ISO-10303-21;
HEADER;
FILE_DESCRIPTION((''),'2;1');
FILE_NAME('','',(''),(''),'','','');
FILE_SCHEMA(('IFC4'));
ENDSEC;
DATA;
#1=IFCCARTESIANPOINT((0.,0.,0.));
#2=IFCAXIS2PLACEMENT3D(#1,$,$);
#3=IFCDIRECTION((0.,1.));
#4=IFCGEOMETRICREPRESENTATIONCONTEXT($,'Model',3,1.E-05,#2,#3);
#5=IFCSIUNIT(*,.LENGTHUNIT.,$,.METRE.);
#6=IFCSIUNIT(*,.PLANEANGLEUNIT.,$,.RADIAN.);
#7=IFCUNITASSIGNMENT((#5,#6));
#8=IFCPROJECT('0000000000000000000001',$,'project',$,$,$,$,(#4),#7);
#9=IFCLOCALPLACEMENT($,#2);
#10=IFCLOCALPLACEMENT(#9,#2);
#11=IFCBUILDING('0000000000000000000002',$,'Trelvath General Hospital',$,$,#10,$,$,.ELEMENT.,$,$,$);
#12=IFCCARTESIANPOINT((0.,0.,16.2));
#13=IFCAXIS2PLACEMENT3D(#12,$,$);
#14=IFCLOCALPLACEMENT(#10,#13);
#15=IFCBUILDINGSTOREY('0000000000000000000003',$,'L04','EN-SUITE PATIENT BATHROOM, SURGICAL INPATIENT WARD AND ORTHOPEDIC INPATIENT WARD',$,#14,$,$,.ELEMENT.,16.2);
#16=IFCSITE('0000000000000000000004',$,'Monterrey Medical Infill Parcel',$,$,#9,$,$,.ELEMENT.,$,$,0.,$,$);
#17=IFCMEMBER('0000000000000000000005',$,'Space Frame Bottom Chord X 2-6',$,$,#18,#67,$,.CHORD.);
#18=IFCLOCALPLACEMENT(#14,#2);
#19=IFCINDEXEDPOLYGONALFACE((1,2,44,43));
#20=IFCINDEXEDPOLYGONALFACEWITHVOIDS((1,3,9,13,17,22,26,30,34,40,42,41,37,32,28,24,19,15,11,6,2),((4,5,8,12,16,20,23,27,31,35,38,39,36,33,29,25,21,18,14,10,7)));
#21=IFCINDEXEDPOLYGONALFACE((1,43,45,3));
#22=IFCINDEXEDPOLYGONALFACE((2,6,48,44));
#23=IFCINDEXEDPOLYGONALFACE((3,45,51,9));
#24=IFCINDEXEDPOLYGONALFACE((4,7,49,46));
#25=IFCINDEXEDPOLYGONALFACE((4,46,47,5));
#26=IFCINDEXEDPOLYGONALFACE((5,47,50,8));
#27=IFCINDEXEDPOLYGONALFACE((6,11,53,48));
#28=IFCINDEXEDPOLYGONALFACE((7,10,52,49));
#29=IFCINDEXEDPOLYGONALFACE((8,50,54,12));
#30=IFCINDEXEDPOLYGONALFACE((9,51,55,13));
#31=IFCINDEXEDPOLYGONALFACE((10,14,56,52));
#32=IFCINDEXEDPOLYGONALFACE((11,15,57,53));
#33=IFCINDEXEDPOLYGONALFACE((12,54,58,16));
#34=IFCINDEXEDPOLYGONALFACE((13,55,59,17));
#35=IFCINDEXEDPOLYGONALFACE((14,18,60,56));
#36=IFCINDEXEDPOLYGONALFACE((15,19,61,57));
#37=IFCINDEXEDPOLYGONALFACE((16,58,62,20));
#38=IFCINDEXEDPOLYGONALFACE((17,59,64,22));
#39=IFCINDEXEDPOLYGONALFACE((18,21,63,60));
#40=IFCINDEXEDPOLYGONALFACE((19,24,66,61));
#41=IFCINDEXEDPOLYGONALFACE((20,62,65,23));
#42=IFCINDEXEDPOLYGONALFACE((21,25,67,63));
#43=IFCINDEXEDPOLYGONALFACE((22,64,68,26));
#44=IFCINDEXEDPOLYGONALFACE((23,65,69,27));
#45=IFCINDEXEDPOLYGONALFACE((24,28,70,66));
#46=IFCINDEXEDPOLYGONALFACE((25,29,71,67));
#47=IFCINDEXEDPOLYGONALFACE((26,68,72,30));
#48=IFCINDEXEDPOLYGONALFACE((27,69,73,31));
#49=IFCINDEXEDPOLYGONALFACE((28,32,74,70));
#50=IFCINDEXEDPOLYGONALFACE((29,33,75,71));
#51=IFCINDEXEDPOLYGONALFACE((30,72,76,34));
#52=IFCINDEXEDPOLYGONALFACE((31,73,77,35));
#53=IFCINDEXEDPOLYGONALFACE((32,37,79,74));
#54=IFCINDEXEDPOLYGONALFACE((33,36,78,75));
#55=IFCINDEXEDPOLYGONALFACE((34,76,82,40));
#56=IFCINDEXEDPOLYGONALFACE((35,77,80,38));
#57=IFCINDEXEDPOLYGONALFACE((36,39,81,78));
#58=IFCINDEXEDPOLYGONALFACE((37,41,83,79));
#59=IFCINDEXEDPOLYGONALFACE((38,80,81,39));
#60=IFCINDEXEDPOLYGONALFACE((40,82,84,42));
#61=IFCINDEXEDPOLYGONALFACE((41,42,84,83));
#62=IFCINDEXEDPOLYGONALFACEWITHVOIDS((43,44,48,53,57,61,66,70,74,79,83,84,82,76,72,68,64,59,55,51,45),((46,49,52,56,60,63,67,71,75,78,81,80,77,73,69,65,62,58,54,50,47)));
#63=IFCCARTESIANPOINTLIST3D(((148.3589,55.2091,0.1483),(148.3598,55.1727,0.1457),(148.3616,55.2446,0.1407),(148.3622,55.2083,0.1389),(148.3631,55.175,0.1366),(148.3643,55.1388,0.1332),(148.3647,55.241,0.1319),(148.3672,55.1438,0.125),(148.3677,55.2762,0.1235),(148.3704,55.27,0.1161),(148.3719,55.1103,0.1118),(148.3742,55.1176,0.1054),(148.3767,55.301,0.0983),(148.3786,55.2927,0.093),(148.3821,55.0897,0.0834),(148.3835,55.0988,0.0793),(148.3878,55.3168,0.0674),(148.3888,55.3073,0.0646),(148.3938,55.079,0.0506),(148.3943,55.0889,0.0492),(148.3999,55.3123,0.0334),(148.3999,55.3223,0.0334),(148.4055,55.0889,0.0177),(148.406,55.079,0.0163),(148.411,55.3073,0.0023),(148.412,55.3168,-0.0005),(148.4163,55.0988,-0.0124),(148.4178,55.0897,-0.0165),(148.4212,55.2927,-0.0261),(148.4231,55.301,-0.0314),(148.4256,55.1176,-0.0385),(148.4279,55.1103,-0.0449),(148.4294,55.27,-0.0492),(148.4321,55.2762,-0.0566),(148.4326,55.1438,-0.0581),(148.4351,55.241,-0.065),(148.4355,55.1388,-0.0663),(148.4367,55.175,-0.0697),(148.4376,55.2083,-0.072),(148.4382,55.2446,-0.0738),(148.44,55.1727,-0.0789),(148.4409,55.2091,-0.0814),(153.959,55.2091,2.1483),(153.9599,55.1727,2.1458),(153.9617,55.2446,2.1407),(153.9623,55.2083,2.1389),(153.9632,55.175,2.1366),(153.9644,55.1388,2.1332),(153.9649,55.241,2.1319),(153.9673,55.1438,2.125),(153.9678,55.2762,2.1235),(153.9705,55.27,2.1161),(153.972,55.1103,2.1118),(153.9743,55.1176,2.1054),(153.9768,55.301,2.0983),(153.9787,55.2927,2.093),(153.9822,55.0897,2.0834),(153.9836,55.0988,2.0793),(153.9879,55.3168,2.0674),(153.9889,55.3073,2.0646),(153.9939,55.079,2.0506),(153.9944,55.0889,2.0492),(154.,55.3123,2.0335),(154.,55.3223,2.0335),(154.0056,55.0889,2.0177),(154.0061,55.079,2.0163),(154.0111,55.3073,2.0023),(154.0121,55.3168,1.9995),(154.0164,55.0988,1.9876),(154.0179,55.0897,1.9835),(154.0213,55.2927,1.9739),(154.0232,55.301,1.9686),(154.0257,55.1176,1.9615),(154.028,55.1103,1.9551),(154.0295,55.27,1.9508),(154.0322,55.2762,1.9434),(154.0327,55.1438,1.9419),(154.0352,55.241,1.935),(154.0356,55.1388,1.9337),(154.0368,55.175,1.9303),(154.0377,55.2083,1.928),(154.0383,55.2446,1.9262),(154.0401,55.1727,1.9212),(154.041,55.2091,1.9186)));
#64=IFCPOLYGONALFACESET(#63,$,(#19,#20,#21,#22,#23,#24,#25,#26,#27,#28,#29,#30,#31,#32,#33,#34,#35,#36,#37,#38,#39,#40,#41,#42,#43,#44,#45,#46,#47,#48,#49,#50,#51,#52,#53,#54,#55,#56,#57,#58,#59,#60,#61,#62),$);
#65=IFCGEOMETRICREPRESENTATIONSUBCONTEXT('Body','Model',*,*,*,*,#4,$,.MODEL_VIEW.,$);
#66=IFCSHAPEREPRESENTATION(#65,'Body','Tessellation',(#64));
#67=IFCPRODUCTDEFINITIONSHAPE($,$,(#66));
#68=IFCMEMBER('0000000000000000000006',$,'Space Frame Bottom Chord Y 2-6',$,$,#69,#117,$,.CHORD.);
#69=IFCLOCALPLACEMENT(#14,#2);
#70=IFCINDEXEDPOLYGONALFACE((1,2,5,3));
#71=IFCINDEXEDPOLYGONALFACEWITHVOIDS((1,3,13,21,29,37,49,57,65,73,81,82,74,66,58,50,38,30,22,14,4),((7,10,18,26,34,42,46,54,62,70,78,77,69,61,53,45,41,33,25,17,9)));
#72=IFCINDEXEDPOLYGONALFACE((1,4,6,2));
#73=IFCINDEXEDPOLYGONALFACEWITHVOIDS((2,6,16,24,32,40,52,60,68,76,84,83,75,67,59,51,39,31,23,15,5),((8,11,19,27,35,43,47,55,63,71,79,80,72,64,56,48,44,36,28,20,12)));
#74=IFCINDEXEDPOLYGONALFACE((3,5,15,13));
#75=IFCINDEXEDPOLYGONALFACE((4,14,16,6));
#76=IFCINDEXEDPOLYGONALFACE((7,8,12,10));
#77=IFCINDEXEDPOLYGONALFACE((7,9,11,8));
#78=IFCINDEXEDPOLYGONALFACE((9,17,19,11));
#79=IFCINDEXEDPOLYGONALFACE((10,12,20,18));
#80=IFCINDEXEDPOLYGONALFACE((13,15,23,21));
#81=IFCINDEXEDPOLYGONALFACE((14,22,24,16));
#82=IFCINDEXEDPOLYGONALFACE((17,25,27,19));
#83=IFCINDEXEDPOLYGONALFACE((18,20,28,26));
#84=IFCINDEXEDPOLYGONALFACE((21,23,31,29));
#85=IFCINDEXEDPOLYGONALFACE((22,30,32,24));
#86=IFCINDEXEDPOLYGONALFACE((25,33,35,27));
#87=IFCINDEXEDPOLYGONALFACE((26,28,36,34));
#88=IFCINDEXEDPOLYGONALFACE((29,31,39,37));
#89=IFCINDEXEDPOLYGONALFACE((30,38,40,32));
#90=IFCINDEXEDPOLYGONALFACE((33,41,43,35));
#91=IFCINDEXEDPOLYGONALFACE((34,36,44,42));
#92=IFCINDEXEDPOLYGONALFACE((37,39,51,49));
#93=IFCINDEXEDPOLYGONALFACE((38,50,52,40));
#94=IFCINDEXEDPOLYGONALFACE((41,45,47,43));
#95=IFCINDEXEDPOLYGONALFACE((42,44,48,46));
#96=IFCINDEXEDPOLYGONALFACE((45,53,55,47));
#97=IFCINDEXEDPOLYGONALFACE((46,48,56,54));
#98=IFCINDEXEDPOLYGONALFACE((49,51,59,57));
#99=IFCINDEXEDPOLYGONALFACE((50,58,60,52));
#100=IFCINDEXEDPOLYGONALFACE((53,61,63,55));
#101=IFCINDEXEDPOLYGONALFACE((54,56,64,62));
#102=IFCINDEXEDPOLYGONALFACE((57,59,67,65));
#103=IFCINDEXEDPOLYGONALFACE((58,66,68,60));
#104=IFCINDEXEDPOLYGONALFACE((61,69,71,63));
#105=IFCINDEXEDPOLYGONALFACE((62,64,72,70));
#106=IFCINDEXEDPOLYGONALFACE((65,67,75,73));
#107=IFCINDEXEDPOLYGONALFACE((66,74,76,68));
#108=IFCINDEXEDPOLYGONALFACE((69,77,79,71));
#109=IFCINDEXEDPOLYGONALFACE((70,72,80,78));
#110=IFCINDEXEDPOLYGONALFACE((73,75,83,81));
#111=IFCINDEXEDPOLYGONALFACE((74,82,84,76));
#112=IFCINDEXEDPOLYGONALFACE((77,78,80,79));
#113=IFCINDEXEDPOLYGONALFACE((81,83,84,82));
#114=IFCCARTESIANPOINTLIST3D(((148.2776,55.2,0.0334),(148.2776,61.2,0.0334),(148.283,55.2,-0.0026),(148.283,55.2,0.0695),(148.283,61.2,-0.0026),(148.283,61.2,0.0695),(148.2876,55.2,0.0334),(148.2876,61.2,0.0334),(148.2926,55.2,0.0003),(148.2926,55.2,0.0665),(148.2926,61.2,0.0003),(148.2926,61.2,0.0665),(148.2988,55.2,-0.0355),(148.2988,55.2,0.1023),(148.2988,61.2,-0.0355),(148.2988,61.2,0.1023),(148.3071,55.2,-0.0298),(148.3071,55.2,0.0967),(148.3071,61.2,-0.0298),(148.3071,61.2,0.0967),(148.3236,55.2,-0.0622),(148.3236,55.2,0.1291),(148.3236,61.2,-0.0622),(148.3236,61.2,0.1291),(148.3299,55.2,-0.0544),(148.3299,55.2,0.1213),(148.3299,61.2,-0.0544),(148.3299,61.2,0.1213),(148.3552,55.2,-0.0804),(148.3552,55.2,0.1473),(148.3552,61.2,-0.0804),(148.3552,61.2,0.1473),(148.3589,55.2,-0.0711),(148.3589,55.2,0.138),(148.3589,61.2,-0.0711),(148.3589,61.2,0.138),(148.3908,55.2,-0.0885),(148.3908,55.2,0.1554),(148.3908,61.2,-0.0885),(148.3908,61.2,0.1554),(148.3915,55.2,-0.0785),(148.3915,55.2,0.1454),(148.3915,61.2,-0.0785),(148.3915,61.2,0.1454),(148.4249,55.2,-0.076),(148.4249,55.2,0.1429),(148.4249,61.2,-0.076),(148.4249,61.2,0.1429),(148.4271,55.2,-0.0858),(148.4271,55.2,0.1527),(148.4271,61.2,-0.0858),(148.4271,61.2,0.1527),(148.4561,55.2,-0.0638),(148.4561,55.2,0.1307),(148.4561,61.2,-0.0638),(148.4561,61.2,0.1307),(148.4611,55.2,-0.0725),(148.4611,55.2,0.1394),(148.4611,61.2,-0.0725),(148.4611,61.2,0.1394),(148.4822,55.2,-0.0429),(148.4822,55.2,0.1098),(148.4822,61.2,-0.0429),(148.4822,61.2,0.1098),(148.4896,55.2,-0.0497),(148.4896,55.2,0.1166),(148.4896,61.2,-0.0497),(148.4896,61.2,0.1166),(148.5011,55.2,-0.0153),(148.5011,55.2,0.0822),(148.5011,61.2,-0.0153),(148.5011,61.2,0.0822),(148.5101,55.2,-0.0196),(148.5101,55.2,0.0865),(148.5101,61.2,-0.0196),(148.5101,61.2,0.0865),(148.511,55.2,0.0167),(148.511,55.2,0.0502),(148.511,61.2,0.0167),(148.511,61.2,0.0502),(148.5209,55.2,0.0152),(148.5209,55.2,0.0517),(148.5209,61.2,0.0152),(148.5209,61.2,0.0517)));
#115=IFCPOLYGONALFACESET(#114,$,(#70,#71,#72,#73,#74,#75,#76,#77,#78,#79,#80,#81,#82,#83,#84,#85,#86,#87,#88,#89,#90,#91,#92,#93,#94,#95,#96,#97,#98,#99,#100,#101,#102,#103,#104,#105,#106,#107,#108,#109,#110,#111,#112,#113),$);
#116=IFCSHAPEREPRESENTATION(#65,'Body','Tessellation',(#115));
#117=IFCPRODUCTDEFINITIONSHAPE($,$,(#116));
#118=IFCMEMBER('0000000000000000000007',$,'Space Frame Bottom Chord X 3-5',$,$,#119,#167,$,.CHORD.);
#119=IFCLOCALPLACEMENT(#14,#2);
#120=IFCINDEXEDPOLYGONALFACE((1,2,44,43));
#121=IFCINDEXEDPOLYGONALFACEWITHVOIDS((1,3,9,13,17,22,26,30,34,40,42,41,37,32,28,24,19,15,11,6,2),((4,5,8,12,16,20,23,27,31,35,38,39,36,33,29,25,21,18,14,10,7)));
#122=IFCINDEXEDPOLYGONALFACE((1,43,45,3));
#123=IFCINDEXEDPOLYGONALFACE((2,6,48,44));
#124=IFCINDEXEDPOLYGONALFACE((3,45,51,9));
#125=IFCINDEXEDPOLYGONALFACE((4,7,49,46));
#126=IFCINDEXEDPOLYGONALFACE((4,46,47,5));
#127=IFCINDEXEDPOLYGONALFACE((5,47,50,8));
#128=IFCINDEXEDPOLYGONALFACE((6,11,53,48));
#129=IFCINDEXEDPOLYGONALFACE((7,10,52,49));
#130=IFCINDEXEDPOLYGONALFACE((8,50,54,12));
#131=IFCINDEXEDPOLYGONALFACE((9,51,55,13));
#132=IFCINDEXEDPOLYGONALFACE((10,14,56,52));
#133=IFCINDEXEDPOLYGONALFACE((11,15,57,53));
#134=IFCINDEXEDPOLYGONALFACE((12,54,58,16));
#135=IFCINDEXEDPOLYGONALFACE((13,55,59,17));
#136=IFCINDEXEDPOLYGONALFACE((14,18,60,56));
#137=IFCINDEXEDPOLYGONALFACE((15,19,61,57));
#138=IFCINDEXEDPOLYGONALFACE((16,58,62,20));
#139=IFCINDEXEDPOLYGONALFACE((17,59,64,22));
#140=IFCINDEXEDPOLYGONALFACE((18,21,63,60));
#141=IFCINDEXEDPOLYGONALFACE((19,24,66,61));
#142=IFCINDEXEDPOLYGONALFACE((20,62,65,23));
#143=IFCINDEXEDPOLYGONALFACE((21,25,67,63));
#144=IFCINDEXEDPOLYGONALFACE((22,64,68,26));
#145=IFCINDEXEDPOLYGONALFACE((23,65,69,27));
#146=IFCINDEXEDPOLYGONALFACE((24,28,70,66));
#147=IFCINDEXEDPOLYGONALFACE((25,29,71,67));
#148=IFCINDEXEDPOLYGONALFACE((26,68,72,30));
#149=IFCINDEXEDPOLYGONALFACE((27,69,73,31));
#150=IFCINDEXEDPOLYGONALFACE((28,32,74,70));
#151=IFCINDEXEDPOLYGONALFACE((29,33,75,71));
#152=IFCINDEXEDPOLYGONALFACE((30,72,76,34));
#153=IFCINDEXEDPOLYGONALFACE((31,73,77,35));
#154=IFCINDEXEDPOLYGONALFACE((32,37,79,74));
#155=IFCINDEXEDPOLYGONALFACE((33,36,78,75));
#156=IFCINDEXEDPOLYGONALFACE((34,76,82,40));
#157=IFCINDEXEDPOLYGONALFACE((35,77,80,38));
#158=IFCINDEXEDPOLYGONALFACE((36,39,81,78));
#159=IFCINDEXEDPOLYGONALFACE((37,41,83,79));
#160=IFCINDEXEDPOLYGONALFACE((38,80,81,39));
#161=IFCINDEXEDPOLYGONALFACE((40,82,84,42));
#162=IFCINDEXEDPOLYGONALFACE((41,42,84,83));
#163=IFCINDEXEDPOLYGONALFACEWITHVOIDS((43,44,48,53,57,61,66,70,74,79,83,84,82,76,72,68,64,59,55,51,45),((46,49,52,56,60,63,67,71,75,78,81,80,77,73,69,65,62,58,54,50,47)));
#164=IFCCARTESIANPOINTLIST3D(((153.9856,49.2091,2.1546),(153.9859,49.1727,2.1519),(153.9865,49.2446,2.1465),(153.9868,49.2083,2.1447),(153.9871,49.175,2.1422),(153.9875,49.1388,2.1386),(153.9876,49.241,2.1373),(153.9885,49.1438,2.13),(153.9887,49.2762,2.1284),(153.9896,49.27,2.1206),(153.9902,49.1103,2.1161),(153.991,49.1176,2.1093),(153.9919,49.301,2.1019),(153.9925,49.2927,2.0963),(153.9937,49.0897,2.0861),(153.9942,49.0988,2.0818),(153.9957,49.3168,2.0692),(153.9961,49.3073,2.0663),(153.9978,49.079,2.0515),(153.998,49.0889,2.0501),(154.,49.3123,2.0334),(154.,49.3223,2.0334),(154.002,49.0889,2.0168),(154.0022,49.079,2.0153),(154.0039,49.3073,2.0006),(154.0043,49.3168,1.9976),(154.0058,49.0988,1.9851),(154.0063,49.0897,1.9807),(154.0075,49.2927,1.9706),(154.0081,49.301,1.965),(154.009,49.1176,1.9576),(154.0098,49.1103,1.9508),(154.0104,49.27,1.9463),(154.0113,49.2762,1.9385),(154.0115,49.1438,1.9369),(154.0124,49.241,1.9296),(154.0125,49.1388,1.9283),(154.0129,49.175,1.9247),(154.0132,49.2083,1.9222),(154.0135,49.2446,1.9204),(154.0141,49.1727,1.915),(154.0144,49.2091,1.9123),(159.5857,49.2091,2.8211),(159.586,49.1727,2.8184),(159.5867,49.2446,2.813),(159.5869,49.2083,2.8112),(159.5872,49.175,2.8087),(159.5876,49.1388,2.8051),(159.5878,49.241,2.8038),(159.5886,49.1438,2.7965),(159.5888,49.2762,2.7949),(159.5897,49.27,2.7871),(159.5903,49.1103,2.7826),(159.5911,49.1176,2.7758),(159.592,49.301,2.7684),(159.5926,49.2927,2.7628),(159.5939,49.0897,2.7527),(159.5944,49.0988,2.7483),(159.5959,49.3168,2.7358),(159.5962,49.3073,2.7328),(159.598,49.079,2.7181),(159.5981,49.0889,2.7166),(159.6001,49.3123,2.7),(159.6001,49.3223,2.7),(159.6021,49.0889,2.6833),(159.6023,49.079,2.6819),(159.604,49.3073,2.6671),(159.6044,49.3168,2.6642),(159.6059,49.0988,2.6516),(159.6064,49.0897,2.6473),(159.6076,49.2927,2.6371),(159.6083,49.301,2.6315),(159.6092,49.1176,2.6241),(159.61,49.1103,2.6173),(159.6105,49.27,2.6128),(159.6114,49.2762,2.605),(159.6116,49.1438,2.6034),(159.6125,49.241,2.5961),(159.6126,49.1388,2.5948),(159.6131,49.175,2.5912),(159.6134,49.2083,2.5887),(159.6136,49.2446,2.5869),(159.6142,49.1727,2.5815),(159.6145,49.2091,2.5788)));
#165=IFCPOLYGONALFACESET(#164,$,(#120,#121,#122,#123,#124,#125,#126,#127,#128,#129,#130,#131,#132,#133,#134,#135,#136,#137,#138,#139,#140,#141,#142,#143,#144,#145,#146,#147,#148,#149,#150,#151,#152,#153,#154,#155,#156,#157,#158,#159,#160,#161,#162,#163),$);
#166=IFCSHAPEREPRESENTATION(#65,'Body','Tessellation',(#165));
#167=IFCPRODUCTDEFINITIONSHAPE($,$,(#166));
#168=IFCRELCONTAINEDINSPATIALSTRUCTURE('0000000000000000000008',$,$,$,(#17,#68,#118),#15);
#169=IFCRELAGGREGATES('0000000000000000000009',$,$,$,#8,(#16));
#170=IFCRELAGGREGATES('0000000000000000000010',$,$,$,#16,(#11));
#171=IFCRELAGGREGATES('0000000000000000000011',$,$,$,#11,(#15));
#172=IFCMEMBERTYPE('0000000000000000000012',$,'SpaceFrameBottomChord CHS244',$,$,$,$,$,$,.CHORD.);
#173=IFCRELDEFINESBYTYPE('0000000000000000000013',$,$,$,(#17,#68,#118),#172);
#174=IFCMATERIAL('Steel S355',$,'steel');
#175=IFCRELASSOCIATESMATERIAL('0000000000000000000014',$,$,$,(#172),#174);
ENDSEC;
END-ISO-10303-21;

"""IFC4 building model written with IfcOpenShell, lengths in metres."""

from ifc_helpers import new_model, si_unit, direction, frame, origin, origin_2d, place, context, subcontext, project, spatial, hollow_circle, extrude, material, material_profile, profile_set, type_object, element, save


model = new_model("IFC4")

# Units and contexts
model_context = context("Model", 3, precision=1e-05, world=origin(), true_north=direction((0.0, 1.0)))
body_context = subcontext(model_context, "Body", "Model", "MODEL_VIEW")
ifc_project = project(units=[si_unit("LENGTHUNIT", "METRE"), si_unit("PLANEANGLEUNIT", "RADIAN")], contexts=[model_context])

# Site, building, storey
site_placement = place(None, origin())
site = spatial("IfcSite", under=ifc_project, at=site_placement, Name="Monterrey Medical Infill Parcel", CompositionType="ELEMENT", RefElevation=0.0)
building_placement = place(site_placement, origin())
building = spatial("IfcBuilding", under=site, at=building_placement, Name="Trelvath General Hospital", CompositionType="ELEMENT")
storey_placement = place(building_placement, frame((0.0, 0.0, 16.2)))
storey = spatial("IfcBuildingStorey", under=building, at=storey_placement, Name="L04", Description="EN-SUITE PATIENT BATHROOM, SURGICAL INPATIENT WARD AND ORTHOPEDIC INPATIENT WARD", CompositionType="ELEMENT", Elevation=16.2)

# Members
ifc_material_1 = material(Name="Steel S355", Category="steel")
ifc_material_profile_1 = material_profile(ifc_material_1, hollow_circle(Radius=0.1223, WallThickness=0.01, at=origin_2d()), Name="CHS244.5x10.0")
ifc_profile_set_1 = profile_set([ifc_material_profile_1], Name="Steel S355")
member_type_1 = type_object("IfcMemberType", Name="SpaceFrameBottomChord CHS244", PredefinedType="CHORD", material=ifc_profile_set_1)
member_1_placement = place(storey_placement, frame((148.3999, 55.2, 0.0334), z_axis=(0.941744, 0.0, 0.336331), x_axis=(0.0, 1.0, 0.0)))
element("IfcMember", 1, at=member_1_placement, inside=storey, type_object=member_type_1, Name="Space Frame Bottom Chord X 2-6", PredefinedType="CHORD", context=body_context, shape_type="SweptSolid", body=[
    extrude(hollow_circle(Radius=0.1223, WallThickness=0.01, at=origin_2d()), origin(), (0.0, 0.0, 1.0), 5.9465),
])
member_2_placement = place(storey_placement, frame((148.3999, 55.2, 0.0334), z_axis=(0.0, 1.0, 0.0), x_axis=(-1.0, 0.0, 0.0)))
element("IfcMember", 2, at=member_2_placement, inside=storey, type_object=member_type_1, Name="Space Frame Bottom Chord Y 2-6", PredefinedType="CHORD", context=body_context, shape_type="SweptSolid", body=[
    extrude(hollow_circle(Radius=0.1223, WallThickness=0.01, at=origin_2d()), origin(), (0.0, 0.0, 1.0), 6.0),
])
member_3_placement = place(storey_placement, frame((154.0, 49.2, 2.0334), z_axis=(0.992992, 0.0, 0.118182), x_axis=(0.0, 1.0, 0.0)))
element("IfcMember", 3, at=member_3_placement, inside=storey, type_object=member_type_1, Name="Space Frame Bottom Chord X 3-5", PredefinedType="CHORD", context=body_context, shape_type="SweptSolid", body=[
    extrude(hollow_circle(Radius=0.1223, WallThickness=0.01, at=origin_2d()), origin(), (0.0, 0.0, 1.0), 5.6396),
])

save(model, "model.ifc")
